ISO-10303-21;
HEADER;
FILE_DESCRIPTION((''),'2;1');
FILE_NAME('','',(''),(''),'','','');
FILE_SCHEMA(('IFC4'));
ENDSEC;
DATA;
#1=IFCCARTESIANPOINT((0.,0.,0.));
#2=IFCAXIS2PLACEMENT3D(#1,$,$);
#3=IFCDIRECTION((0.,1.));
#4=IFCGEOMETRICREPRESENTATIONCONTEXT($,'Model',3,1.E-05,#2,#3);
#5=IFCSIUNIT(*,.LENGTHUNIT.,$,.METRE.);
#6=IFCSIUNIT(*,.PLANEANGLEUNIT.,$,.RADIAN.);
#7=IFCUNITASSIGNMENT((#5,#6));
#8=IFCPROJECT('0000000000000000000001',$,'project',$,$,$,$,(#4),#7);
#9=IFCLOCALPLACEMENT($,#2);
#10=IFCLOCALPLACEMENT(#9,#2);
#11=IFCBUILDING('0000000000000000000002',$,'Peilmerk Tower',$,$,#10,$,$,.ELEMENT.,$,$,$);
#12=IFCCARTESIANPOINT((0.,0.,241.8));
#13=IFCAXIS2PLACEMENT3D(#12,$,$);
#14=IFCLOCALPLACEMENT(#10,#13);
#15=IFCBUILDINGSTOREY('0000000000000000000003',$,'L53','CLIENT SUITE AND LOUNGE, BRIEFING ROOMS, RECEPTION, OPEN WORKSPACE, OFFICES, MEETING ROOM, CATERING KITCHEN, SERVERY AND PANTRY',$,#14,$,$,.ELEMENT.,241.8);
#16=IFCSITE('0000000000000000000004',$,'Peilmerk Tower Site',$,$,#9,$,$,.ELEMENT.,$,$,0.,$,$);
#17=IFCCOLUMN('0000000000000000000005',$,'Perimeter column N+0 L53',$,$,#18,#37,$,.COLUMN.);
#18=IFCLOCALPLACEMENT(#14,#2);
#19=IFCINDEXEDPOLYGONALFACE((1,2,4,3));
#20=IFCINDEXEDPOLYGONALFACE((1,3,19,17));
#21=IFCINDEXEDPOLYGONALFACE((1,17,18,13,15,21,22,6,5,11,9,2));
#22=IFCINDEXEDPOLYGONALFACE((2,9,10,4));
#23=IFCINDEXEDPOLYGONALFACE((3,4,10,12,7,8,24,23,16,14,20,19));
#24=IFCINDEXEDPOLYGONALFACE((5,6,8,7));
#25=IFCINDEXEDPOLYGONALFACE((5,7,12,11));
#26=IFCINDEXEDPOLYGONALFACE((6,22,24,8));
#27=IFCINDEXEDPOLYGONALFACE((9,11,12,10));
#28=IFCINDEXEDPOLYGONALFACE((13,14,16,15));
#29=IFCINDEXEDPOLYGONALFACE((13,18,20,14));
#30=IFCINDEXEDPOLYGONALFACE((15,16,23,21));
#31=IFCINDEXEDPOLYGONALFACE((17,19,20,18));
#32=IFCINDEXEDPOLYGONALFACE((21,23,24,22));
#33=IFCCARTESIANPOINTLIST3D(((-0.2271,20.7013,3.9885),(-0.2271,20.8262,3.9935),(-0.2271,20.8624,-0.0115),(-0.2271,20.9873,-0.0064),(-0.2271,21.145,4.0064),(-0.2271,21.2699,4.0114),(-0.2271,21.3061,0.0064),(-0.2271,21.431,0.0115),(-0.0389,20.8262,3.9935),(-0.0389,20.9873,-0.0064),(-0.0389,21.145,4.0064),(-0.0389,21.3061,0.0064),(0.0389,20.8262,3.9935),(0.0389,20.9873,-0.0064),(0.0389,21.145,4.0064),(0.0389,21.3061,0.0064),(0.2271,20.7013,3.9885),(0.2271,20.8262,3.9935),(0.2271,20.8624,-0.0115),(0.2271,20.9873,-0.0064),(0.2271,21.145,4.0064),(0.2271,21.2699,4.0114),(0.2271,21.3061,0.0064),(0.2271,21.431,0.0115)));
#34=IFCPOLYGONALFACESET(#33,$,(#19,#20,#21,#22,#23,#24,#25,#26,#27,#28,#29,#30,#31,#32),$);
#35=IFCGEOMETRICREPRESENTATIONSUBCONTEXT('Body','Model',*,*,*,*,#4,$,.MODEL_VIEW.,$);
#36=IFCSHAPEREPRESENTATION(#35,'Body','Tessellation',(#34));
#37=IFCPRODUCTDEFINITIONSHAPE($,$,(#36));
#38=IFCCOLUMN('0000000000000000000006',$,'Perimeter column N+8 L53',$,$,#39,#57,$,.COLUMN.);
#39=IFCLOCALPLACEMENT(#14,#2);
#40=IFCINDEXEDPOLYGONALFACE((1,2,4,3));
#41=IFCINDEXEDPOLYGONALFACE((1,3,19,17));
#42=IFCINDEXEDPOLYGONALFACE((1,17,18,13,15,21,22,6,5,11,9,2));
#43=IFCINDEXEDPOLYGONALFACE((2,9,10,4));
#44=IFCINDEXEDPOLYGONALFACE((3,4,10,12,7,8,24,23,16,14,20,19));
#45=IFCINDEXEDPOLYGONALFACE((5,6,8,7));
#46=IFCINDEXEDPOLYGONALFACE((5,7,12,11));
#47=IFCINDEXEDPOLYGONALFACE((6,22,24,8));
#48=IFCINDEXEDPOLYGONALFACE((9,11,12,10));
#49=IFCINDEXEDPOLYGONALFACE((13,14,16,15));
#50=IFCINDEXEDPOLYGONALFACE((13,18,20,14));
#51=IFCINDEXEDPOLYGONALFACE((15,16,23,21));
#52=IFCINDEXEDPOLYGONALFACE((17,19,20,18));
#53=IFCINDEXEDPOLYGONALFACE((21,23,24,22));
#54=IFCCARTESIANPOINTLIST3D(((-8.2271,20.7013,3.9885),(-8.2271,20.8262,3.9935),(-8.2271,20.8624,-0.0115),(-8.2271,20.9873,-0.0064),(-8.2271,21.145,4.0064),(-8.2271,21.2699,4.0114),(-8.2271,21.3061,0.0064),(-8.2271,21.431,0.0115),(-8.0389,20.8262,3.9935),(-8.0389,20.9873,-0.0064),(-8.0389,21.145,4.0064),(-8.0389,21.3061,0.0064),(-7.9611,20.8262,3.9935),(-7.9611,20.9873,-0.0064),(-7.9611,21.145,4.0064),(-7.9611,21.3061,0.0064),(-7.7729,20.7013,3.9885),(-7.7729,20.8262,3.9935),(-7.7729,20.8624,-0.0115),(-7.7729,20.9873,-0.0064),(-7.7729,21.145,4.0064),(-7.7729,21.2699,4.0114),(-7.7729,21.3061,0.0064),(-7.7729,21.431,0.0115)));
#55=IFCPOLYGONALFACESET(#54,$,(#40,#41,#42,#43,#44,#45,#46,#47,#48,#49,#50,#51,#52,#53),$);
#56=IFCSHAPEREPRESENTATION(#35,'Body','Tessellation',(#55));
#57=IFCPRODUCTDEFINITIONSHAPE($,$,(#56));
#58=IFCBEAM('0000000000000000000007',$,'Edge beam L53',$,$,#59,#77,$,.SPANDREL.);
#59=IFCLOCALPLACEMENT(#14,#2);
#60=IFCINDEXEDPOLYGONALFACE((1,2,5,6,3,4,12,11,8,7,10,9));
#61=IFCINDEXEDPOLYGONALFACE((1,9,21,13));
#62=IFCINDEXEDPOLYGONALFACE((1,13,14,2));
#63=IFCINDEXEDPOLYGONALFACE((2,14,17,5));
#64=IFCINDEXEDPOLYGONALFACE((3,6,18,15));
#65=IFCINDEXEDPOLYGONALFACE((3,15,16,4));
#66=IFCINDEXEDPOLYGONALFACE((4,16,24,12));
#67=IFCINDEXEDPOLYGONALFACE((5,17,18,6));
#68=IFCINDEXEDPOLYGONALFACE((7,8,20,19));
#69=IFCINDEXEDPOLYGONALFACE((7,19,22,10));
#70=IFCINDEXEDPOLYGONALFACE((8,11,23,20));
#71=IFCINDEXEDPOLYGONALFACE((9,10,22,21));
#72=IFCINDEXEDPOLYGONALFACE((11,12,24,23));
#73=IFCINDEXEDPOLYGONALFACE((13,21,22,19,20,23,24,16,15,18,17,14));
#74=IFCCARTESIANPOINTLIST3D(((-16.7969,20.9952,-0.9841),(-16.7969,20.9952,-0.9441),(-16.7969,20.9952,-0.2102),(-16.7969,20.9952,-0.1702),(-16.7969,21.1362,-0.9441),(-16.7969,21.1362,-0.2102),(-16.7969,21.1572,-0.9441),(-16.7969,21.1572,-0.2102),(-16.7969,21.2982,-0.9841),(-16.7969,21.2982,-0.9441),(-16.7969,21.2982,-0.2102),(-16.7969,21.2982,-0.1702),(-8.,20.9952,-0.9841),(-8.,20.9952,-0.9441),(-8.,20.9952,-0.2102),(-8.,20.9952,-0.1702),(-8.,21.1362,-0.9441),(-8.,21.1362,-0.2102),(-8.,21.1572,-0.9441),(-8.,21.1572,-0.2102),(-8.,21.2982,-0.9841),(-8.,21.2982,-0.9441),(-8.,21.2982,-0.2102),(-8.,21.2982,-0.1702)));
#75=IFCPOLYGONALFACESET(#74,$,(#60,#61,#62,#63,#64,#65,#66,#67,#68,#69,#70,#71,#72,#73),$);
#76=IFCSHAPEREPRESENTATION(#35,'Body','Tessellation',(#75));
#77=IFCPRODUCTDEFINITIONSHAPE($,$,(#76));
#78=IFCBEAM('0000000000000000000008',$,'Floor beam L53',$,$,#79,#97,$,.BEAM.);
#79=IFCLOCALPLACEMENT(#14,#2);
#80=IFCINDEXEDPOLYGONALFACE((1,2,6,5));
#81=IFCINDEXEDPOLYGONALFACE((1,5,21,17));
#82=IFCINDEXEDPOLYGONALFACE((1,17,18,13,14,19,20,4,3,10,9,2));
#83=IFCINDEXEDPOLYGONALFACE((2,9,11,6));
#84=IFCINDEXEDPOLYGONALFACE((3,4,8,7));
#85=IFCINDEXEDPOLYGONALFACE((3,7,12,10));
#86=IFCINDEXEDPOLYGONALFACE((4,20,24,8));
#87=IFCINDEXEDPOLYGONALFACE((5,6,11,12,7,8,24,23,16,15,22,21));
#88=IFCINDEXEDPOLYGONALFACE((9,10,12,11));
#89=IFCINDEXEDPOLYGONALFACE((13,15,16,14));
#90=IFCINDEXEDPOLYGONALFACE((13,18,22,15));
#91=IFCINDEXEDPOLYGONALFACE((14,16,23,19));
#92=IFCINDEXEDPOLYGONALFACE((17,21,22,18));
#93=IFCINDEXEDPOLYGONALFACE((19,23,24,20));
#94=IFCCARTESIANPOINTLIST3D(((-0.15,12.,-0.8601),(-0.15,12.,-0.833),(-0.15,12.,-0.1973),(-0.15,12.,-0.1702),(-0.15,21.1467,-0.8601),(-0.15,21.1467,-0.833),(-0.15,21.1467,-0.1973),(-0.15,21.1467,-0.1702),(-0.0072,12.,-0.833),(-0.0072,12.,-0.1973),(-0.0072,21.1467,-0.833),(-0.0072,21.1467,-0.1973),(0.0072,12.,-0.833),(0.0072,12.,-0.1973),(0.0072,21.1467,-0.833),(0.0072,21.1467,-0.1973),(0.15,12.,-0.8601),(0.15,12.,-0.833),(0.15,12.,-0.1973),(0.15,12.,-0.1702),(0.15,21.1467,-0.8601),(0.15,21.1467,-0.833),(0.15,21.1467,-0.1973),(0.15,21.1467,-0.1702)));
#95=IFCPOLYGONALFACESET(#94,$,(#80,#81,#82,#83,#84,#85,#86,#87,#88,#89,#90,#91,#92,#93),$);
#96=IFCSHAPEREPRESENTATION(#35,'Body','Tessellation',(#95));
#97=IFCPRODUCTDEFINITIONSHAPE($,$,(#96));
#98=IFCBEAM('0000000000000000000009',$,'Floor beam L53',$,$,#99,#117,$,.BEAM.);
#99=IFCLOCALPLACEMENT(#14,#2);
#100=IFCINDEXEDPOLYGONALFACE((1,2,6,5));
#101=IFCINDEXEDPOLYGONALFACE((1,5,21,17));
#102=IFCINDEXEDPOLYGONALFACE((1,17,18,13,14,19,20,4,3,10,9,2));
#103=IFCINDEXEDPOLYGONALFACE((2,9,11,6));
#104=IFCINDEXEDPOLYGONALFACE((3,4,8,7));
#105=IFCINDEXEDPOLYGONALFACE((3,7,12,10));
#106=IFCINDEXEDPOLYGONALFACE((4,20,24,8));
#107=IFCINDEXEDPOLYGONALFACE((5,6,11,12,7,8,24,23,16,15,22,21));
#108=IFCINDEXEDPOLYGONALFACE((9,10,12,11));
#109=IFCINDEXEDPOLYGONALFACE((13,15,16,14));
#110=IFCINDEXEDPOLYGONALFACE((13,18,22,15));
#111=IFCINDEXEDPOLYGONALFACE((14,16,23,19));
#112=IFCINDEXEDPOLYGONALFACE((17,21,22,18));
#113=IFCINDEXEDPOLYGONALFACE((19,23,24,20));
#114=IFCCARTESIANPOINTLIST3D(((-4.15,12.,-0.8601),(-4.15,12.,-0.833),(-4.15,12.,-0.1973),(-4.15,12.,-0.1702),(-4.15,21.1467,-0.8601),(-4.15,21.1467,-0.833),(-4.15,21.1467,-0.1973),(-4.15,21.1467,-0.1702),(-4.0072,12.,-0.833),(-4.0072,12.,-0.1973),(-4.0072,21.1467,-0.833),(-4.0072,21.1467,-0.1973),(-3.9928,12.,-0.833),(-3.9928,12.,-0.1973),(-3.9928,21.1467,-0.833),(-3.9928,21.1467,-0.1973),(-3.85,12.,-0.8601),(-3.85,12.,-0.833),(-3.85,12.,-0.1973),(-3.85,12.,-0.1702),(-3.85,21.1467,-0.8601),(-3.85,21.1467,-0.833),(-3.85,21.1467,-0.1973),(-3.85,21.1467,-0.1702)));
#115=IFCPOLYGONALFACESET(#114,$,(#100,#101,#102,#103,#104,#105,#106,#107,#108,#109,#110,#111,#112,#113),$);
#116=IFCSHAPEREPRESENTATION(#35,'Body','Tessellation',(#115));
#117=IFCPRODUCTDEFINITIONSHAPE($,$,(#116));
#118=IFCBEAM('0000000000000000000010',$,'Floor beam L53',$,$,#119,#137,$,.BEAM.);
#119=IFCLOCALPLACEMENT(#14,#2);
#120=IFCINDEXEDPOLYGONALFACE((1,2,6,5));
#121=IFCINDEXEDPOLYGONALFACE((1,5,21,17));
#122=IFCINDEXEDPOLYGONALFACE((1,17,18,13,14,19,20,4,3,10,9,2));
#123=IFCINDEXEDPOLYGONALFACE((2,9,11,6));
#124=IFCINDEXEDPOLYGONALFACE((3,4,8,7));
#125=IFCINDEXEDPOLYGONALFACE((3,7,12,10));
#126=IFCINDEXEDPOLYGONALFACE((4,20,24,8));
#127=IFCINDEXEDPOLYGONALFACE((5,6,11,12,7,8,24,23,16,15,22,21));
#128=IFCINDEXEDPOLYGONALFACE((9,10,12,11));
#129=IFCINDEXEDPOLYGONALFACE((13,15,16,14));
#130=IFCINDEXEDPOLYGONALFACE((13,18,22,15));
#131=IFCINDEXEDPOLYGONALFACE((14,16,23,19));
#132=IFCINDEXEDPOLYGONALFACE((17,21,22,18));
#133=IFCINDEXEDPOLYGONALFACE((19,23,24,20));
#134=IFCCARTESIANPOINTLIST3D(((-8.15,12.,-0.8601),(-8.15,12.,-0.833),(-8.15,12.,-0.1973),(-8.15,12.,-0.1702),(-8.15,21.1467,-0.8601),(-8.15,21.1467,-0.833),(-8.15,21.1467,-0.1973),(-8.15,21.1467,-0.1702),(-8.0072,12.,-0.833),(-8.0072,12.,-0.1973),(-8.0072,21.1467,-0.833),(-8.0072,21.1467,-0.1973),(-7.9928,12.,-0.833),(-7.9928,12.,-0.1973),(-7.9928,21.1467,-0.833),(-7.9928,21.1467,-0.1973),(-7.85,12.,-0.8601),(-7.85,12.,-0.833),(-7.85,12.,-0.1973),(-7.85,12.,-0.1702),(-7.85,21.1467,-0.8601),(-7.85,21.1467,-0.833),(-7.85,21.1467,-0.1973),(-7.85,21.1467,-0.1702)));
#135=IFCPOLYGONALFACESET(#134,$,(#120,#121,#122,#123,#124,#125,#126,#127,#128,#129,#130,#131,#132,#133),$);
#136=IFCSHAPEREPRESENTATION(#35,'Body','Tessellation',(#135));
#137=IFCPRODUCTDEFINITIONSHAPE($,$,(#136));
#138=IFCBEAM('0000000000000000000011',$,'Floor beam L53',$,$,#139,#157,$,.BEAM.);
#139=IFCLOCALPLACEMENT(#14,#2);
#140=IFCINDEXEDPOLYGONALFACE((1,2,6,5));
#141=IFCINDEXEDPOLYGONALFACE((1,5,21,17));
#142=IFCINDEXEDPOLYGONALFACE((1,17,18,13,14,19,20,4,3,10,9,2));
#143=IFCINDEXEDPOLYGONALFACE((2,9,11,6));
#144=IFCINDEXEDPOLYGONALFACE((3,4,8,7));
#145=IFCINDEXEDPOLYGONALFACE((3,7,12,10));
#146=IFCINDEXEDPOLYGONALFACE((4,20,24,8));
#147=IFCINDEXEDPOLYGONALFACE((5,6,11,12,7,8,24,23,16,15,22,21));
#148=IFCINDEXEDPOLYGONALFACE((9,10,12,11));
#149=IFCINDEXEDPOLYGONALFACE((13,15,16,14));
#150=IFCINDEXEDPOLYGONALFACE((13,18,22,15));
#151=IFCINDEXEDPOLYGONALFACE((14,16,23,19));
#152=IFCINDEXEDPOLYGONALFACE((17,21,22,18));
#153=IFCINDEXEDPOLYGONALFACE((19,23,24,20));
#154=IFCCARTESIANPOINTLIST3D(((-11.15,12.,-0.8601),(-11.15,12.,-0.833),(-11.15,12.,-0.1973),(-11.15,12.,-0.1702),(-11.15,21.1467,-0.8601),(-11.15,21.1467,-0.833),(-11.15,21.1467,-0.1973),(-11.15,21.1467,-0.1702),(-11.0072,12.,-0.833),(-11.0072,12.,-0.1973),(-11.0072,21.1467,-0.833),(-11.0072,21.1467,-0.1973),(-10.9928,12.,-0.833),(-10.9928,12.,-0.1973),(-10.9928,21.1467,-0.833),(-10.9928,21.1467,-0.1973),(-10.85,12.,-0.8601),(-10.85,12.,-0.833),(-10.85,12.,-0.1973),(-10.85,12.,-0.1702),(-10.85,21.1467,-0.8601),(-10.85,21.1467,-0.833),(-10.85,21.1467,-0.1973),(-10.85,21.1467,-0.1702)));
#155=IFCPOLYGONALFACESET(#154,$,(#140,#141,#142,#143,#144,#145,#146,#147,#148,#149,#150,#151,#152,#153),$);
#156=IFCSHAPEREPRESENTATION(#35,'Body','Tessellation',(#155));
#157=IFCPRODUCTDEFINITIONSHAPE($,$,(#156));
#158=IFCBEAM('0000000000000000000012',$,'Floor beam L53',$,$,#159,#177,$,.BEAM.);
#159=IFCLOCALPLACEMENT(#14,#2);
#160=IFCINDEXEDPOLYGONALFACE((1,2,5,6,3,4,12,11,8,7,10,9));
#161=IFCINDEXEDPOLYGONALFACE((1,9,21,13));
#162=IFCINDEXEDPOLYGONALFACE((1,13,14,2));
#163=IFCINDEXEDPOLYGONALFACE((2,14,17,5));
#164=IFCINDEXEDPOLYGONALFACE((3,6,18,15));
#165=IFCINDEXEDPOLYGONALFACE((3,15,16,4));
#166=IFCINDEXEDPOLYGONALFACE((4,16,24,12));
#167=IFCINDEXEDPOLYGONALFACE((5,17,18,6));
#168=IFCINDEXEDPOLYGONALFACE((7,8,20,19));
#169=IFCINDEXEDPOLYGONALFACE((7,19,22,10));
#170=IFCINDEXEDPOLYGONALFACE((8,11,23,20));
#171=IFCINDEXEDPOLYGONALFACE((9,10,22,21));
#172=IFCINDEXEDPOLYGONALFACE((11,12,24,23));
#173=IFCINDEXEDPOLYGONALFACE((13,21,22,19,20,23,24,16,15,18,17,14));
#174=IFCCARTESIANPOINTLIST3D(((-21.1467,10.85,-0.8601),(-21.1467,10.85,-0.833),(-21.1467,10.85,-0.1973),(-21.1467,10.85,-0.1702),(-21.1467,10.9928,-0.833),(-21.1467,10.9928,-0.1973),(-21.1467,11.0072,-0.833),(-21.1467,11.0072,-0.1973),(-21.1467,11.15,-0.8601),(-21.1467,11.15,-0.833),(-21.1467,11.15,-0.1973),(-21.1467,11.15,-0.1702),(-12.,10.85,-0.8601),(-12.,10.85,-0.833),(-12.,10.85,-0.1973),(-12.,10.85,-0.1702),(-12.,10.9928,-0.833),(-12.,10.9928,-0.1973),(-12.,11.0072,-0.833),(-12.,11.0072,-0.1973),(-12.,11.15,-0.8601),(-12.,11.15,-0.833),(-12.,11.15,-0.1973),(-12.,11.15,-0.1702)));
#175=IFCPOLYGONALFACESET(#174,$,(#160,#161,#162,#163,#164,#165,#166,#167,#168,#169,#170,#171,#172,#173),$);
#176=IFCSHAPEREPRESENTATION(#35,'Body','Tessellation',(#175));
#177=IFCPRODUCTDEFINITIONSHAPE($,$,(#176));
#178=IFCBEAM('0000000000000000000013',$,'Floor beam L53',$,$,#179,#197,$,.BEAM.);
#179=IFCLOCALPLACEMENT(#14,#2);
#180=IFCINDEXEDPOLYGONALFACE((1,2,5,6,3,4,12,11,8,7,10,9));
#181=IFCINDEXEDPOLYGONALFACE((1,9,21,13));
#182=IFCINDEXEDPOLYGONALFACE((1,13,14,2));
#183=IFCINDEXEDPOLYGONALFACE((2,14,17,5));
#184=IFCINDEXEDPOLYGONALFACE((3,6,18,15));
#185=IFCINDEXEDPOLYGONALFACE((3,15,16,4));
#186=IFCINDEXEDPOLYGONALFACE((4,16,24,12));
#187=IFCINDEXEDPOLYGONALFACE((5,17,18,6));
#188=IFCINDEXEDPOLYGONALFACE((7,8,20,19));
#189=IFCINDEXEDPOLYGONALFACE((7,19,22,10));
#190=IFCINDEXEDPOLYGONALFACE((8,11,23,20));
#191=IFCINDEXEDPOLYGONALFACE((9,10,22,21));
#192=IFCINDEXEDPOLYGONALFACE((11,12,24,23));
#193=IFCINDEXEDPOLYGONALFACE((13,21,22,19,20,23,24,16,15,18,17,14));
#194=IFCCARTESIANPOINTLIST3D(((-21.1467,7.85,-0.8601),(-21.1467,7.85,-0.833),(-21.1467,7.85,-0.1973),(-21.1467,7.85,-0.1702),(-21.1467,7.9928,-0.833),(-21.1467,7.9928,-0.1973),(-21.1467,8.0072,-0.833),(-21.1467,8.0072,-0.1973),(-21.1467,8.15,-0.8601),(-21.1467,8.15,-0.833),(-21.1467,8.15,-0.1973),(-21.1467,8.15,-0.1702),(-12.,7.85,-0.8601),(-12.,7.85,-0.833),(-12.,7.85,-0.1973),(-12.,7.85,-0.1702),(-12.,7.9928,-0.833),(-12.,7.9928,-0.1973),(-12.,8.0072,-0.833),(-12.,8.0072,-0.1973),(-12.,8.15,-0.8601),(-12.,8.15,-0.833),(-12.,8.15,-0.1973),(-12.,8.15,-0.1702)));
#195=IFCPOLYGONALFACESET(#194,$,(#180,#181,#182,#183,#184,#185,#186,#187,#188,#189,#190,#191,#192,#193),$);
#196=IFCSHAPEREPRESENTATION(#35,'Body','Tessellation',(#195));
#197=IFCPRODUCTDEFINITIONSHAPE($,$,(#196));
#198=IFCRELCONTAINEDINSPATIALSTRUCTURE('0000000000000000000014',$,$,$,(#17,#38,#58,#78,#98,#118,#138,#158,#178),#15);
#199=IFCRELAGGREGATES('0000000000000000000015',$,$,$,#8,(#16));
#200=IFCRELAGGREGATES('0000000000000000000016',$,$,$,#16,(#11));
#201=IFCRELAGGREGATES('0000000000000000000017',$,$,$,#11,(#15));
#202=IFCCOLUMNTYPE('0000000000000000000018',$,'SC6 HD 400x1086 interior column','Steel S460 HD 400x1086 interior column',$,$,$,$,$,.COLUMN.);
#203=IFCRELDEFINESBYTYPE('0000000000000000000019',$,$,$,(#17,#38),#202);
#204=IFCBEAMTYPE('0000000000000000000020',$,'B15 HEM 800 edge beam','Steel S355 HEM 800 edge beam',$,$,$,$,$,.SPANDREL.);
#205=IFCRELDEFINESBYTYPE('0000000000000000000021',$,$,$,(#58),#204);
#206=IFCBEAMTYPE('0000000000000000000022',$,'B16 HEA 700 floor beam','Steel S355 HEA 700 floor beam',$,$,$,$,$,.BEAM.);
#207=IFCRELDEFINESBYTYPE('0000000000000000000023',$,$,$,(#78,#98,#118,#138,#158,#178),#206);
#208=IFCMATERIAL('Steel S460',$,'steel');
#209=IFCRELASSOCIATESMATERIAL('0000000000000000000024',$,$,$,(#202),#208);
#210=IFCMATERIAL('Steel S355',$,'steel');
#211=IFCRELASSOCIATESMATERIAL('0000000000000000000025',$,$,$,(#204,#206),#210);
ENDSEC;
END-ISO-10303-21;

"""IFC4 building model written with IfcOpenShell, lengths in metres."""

from ifc_helpers import new_model, si_unit, direction, frame, origin, origin_2d, place, context, subcontext, project, spatial, i_section, extrude, material, material_profile, profile_set, type_object, element, save


model = new_model("IFC4")

# Units and contexts
model_context = context("Model", 3, precision=1e-05, world=origin(), true_north=direction((0.0, 1.0)))
body_context = subcontext(model_context, "Body", "Model", "MODEL_VIEW")
ifc_project = project(units=[si_unit("LENGTHUNIT", "METRE"), si_unit("PLANEANGLEUNIT", "RADIAN")], contexts=[model_context])

# Site, building, storey
site_placement = place(None, origin())
site = spatial("IfcSite", under=ifc_project, at=site_placement, Name="Peilmerk Tower Site", CompositionType="ELEMENT", RefElevation=0.0)
building_placement = place(site_placement, origin())
building = spatial("IfcBuilding", under=site, at=building_placement, Name="Peilmerk Tower", CompositionType="ELEMENT")
storey_placement = place(building_placement, frame((0.0, 0.0, 241.8)))
storey = spatial("IfcBuildingStorey", under=building, at=storey_placement, Name="L53", Description="CLIENT SUITE AND LOUNGE, BRIEFING ROOMS, RECEPTION, OPEN WORKSPACE, OFFICES, MEETING ROOM, CATERING KITCHEN, SERVERY AND PANTRY", CompositionType="ELEMENT", Elevation=241.8)

# Columns
ifc_material_1 = material(Name="Steel S460", Category="steel")
ifc_material_profile_1 = material_profile(ifc_material_1, i_section(OverallWidth=0.4541, OverallDepth=0.5691, WebThickness=0.0779, FlangeThickness=0.125, at=origin_2d()), Name="HD 400x1086")
ifc_profile_set_1 = profile_set([ifc_material_profile_1], Name="Steel S460")
column_type = type_object("IfcColumnType", Name="SC6 HD 400x1086 interior column", Description="Steel S460 HD 400x1086 interior column", PredefinedType="COLUMN", material=ifc_profile_set_1)
for number, where, z_axis, x_axis, name in (
    (1, (0.0, 21.1467, 0.0), (0.0, -0.040251, 0.99919), (1.0, 0.0, 0.0), "Perimeter column N+0 L53"),
    (2, (-8.0, 21.1467, 0.0), (0.0, -0.040251, 0.99919), (1.0, 0.0, 0.0), "Perimeter column N+8 L53"),
):
    element("IfcColumn", number, at=place(storey_placement, frame(where, z_axis=z_axis, x_axis=x_axis)), inside=storey, type_object=column_type, Name=name, PredefinedType="COLUMN", context=body_context, shape_type="SweptSolid", body=[
        extrude(i_section(OverallWidth=0.4541, OverallDepth=0.5691, WebThickness=0.0779, FlangeThickness=0.125, at=origin_2d()), origin(), (0.0, 0.0, 1.0), 4.0032),
    ])

# Beams
ifc_material_2 = material(Name="Steel S355", Category="steel")
ifc_material_profile_2 = material_profile(ifc_material_2, i_section(OverallWidth=0.303, OverallDepth=0.814, WebThickness=0.021, FlangeThickness=0.04, at=origin_2d()), Name="HEM 800")
ifc_profile_set_2 = profile_set([ifc_material_profile_2], Name="Steel S355")
beam_type_1 = type_object("IfcBeamType", Name="B15 HEM 800 edge beam", Description="Steel S355 HEM 800 edge beam", PredefinedType="SPANDREL", material=ifc_profile_set_2)
beam_1_placement = place(storey_placement, frame((-8.0, 21.1467, -0.5771), z_axis=(-1.0, 0.0, 0.0), x_axis=(0.0, -1.0, 0.0)))
element("IfcBeam", 3, at=beam_1_placement, inside=storey, type_object=beam_type_1, Name="Edge beam L53", PredefinedType="SPANDREL", context=body_context, shape_type="SweptSolid", body=[
    extrude(i_section(OverallWidth=0.303, OverallDepth=0.814, WebThickness=0.021, FlangeThickness=0.04, at=origin_2d()), origin(), (0.0, 0.0, 1.0), 8.7969),
])
ifc_material_profile_3 = material_profile(ifc_material_2, i_section(OverallWidth=0.3, OverallDepth=0.6899, WebThickness=0.0144, FlangeThickness=0.0271, at=origin_2d()), Name="HEA 700")
ifc_profile_set_3 = profile_set([ifc_material_profile_3], Name="Steel S355")
beam_type_2 = type_object("IfcBeamType", Name="B16 HEA 700 floor beam", Description="Steel S355 HEA 700 floor beam", PredefinedType="BEAM", material=ifc_profile_set_3)
for number, where, z_axis, x_axis, name in (
    (4, (0.0, 12.0, -0.5151), (0.0, 1.0, 0.0), (-1.0, 0.0, 0.0), "Floor beam L53"),
    (5, (-4.0, 12.0, -0.5151), (0.0, 1.0, 0.0), (-1.0, 0.0, 0.0), "Floor beam L53"),
    (6, (-8.0, 12.0, -0.5151), (0.0, 1.0, 0.0), (-1.0, 0.0, 0.0), "Floor beam L53"),
    (7, (-11.0, 12.0, -0.5151), (0.0, 1.0, 0.0), (-1.0, 0.0, 0.0), "Floor beam L53"),
    (8, (-12.0, 11.0, -0.5151), (-1.0, 0.0, 0.0), (0.0, -1.0, 0.0), "Floor beam L53"),
    (9, (-12.0, 8.0, -0.5151), (-1.0, 0.0, 0.0), (0.0, -1.0, 0.0), "Floor beam L53"),
):
    element("IfcBeam", number, at=place(storey_placement, frame(where, z_axis=z_axis, x_axis=x_axis)), inside=storey, type_object=beam_type_2, Name=name, PredefinedType="BEAM", context=body_context, shape_type="SweptSolid", body=[
        extrude(i_section(OverallWidth=0.3, OverallDepth=0.6899, WebThickness=0.0144, FlangeThickness=0.0271, at=origin_2d()), origin(), (0.0, 0.0, 1.0), 9.1467),
    ])

save(model, "model.ifc")
